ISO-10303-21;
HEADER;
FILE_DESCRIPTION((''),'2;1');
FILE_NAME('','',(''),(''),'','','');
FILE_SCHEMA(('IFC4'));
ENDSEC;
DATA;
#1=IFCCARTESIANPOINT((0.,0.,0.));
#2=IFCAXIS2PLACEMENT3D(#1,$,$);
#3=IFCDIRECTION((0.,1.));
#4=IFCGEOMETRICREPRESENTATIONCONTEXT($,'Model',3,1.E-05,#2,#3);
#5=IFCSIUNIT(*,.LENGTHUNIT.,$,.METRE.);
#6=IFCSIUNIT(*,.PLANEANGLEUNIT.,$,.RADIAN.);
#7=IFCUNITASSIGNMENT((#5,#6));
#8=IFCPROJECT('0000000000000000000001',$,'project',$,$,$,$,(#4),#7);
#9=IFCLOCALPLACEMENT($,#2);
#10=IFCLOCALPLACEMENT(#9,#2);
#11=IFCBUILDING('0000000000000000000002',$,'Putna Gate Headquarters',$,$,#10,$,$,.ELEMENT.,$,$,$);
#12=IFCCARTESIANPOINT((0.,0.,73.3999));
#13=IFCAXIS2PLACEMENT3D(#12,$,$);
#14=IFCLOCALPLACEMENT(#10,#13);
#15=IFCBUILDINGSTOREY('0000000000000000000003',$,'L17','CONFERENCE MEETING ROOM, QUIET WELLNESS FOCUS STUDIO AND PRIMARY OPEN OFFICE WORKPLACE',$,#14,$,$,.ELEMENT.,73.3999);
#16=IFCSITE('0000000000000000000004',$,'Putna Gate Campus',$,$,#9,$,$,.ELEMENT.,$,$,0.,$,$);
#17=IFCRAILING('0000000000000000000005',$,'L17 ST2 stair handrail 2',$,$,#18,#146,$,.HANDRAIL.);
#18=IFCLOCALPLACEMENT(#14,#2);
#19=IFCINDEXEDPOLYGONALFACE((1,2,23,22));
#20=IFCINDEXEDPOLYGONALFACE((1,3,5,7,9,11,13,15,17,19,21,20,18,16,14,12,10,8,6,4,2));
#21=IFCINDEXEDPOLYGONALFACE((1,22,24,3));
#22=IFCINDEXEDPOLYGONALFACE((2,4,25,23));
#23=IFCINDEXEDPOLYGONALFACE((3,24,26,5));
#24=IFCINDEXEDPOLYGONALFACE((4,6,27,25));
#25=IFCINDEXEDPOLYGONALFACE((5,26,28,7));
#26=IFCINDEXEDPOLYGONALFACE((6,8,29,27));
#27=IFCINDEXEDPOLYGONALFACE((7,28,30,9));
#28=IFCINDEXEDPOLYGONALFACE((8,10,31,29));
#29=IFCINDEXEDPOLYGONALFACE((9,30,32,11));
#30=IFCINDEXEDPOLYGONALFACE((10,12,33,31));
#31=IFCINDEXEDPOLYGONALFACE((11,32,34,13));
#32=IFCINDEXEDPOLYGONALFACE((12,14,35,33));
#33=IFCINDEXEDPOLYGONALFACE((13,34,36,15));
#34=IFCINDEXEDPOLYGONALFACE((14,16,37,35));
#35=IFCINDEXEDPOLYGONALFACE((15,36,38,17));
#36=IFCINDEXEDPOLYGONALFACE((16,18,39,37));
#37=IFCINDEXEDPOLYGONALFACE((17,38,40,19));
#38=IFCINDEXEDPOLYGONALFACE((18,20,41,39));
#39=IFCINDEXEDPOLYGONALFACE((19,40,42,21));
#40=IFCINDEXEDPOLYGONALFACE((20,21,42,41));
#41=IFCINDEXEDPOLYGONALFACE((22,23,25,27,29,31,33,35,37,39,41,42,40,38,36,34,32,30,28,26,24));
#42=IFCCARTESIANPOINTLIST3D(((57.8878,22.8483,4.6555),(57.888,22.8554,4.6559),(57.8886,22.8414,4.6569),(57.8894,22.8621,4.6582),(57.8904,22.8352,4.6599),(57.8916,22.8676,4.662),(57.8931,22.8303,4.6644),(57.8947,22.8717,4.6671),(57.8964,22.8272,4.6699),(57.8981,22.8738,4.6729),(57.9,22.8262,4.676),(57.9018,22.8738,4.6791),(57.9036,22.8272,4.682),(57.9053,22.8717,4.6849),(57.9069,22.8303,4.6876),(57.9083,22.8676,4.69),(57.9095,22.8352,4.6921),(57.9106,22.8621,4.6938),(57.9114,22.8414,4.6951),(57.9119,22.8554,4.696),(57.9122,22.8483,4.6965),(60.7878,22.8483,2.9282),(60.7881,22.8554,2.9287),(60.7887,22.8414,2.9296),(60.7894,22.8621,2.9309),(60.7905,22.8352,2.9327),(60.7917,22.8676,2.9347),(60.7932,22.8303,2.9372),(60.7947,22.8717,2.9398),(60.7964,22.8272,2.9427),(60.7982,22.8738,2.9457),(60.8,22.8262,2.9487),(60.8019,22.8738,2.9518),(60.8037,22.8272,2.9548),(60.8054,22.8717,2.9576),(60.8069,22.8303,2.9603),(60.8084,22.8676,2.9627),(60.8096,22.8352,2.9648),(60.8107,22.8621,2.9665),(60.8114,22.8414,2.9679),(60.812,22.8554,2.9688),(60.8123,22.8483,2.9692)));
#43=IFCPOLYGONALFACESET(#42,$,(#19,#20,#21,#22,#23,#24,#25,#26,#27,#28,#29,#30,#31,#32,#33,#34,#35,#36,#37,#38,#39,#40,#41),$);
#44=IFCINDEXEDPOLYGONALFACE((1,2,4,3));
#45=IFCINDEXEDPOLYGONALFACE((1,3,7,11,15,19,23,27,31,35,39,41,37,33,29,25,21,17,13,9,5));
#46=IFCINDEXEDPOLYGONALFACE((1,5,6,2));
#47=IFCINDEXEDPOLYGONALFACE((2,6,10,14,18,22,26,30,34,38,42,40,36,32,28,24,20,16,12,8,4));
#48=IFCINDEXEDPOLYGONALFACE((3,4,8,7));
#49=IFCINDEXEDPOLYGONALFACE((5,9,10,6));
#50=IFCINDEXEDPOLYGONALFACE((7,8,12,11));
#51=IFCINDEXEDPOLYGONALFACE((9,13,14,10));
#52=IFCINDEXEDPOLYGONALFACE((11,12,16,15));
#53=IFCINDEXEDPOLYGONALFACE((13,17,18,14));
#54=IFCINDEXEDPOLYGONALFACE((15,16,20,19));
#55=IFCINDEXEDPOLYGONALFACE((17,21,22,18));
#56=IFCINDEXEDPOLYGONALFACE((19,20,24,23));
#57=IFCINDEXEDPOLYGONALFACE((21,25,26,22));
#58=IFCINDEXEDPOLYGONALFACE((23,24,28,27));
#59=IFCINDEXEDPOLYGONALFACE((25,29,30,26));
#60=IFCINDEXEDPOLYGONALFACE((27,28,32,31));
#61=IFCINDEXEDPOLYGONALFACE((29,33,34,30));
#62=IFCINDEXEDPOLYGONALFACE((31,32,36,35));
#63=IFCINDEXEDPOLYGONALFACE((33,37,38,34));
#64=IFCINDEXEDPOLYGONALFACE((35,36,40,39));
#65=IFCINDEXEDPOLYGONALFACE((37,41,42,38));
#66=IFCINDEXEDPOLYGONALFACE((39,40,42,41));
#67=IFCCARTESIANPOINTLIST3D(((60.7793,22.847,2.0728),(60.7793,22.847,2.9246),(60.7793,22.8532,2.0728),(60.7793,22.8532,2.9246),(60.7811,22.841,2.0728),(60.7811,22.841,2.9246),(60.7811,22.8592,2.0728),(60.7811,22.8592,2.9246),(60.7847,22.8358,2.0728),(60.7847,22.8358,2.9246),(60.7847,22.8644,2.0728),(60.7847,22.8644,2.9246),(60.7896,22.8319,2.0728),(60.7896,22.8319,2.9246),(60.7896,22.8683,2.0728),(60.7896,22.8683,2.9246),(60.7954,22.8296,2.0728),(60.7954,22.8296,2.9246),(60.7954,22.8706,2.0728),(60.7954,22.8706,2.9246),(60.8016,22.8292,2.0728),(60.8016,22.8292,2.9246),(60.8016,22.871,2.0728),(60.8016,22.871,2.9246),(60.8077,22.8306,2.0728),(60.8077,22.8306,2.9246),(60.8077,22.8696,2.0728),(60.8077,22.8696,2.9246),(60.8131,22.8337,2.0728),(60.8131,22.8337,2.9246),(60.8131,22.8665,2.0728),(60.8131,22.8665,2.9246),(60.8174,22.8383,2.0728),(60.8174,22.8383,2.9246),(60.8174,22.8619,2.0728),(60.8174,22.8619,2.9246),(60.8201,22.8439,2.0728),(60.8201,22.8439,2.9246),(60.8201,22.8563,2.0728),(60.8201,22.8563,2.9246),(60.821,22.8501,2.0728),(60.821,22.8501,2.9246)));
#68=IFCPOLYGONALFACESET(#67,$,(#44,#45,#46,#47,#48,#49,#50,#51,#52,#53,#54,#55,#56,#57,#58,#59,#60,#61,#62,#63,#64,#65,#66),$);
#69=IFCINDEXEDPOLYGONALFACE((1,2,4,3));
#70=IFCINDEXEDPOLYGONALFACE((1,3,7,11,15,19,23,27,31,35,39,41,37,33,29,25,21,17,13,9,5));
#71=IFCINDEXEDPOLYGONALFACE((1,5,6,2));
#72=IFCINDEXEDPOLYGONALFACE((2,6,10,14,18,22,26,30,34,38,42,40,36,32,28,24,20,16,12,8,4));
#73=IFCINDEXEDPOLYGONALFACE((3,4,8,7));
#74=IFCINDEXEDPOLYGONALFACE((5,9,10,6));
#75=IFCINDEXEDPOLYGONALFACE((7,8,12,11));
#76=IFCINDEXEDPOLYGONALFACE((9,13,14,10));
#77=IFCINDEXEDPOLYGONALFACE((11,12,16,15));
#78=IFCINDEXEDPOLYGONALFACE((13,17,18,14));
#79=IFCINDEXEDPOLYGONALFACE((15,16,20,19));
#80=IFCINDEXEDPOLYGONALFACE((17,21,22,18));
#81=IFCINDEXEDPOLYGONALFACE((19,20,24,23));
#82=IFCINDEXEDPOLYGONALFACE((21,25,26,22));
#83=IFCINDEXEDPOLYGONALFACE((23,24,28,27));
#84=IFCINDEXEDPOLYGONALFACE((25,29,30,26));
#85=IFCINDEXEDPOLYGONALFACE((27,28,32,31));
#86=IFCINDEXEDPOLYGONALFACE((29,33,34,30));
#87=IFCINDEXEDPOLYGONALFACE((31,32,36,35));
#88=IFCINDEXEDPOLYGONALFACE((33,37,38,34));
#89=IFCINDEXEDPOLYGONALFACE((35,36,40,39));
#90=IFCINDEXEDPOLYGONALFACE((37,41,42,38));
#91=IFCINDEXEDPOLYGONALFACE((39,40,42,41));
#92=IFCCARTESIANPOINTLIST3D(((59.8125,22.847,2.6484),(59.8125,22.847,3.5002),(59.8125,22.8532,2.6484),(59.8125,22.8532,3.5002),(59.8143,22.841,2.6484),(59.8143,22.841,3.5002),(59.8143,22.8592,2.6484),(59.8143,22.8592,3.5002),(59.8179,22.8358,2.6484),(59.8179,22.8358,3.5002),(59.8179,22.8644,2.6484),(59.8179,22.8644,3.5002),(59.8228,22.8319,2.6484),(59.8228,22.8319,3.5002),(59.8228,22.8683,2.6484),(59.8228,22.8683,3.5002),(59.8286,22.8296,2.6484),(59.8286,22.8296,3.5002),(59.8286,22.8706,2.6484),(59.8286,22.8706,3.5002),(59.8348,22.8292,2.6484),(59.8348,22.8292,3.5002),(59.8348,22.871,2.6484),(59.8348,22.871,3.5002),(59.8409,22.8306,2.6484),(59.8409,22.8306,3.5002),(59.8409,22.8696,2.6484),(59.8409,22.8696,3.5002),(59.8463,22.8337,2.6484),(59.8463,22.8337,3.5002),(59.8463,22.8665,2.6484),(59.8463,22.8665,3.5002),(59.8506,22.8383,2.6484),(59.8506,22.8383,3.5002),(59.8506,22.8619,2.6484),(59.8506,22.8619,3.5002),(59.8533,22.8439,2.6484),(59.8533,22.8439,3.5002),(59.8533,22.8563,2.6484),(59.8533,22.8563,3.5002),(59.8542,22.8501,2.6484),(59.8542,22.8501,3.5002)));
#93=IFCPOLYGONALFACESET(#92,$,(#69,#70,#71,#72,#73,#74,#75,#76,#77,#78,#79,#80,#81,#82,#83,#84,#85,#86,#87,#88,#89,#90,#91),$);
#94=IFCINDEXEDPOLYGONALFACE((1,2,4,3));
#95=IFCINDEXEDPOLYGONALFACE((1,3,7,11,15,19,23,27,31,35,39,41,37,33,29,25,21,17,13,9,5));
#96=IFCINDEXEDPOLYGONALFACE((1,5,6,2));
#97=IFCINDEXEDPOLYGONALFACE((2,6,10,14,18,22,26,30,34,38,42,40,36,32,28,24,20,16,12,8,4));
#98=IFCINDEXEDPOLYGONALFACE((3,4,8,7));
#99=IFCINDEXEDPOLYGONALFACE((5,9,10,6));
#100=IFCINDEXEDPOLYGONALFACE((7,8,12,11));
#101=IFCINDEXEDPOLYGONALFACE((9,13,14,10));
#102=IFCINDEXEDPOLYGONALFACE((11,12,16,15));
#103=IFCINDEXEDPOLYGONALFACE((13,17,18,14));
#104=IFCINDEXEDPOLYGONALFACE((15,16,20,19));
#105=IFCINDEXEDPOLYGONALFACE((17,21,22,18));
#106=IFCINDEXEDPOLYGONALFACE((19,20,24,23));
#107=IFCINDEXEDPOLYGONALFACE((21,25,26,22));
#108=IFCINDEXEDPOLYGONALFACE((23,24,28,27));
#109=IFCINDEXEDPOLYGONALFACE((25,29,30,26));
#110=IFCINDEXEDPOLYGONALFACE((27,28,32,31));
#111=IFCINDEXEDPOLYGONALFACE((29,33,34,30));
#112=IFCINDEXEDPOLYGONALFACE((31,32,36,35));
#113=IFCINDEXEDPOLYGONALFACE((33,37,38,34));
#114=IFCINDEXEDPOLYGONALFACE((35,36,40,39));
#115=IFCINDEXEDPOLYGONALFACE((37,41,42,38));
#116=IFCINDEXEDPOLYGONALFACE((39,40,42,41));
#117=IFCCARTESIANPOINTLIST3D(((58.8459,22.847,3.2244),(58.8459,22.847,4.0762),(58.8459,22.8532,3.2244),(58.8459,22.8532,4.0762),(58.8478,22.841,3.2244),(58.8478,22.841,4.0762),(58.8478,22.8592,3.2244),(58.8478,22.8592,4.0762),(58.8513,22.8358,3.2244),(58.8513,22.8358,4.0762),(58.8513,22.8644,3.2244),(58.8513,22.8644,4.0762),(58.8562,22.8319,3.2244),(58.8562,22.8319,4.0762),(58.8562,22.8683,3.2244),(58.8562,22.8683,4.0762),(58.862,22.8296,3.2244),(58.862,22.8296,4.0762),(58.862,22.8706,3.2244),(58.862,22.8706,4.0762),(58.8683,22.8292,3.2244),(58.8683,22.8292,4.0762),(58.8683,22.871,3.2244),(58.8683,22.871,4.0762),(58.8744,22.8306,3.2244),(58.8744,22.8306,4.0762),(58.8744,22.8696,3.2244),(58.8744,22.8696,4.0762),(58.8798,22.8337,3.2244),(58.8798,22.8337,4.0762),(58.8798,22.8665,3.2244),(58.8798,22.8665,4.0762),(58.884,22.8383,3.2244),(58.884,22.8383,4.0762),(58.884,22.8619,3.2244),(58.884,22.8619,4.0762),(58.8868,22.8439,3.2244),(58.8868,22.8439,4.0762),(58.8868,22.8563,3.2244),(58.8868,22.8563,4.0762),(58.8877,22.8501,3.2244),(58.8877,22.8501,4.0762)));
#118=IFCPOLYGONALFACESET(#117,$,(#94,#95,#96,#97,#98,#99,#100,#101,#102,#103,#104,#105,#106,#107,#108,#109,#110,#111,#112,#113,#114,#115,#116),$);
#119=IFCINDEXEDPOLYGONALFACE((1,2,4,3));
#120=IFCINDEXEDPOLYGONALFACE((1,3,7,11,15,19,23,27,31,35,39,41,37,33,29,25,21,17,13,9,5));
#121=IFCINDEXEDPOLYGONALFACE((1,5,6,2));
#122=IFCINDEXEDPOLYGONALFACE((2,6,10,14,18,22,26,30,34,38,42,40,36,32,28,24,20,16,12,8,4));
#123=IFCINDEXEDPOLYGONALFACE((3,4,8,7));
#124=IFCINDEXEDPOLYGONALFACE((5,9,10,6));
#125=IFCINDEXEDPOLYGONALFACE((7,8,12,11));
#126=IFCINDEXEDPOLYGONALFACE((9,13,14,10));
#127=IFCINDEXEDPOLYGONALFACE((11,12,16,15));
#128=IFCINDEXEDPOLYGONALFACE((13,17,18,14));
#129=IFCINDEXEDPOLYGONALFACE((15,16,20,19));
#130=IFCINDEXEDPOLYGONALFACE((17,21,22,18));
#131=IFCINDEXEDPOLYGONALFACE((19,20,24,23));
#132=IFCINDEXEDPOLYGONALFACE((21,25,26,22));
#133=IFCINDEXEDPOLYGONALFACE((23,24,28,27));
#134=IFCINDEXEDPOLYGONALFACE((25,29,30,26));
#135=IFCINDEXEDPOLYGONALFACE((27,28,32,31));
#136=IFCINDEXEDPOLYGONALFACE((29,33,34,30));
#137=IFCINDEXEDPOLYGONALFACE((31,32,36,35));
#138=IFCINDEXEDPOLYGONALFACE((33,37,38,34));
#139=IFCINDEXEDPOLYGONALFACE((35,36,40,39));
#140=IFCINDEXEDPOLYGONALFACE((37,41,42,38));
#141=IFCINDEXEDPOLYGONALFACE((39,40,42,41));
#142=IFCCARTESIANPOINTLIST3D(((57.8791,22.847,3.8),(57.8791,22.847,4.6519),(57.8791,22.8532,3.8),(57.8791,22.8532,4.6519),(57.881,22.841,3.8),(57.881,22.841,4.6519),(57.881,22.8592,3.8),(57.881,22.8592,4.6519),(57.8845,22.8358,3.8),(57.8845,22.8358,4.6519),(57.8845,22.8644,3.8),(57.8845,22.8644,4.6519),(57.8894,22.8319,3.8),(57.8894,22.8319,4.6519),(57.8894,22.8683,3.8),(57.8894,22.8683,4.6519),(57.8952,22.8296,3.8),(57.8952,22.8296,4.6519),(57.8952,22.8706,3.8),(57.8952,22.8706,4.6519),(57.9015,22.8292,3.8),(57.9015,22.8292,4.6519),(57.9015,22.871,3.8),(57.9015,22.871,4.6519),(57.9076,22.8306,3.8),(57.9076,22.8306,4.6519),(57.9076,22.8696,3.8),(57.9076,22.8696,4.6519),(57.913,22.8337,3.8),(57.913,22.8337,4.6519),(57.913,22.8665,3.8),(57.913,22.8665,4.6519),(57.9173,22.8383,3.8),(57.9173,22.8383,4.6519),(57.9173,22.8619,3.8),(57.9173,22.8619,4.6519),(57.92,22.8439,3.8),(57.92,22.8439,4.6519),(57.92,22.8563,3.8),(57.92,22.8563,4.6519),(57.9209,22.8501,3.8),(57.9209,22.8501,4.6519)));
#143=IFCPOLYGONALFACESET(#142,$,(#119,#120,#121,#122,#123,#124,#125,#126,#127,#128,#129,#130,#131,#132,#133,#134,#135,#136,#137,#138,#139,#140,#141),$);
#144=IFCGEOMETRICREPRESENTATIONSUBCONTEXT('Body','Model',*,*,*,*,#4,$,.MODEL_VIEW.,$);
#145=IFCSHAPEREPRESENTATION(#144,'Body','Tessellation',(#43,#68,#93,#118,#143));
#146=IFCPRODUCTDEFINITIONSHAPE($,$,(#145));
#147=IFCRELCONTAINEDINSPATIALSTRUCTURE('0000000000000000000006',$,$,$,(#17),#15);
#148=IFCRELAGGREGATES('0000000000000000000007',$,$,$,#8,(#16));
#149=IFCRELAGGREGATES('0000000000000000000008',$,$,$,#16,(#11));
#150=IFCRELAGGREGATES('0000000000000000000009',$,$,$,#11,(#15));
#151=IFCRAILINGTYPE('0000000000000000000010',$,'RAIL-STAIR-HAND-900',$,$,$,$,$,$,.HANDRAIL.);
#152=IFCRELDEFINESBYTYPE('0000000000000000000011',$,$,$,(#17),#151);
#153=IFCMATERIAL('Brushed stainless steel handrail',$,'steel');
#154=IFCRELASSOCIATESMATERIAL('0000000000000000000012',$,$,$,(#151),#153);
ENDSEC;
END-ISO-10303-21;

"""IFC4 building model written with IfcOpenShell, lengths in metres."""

from ifc_helpers import new_model, si_unit, direction, frame, origin, origin_2d, place, context, subcontext, project, spatial, circle, extrude, material, type_object, element, save


model = new_model("IFC4")

# Units and contexts
model_context = context("Model", 3, precision=1e-05, world=origin(), true_north=direction((0.0, 1.0)))
body_context = subcontext(model_context, "Body", "Model", "MODEL_VIEW")
ifc_project = project(units=[si_unit("LENGTHUNIT", "METRE"), si_unit("PLANEANGLEUNIT", "RADIAN")], contexts=[model_context])

# Site, building, storey
site_placement = place(None, origin())
site = spatial("IfcSite", under=ifc_project, at=site_placement, Name="Putna Gate Campus", CompositionType="ELEMENT", RefElevation=0.0)
building_placement = place(site_placement, origin())
building = spatial("IfcBuilding", under=site, at=building_placement, Name="Putna Gate Headquarters", CompositionType="ELEMENT")
storey_placement = place(building_placement, frame((0.0, 0.0, 73.3999)))
storey = spatial("IfcBuildingStorey", under=building, at=storey_placement, Name="L17", Description="CONFERENCE MEETING ROOM, QUIET WELLNESS FOCUS STUDIO AND PRIMARY OPEN OFFICE WORKPLACE", CompositionType="ELEMENT", Elevation=73.3999)

# Railing
ifc_material_1 = material(Name="Brushed stainless steel handrail", Category="steel")
railing_type_1 = type_object("IfcRailingType", Name="RAIL-STAIR-HAND-900", PredefinedType="HANDRAIL", material=ifc_material_1)
railing_1_placement = place(storey_placement, frame((60.8, 22.8501, 2.0728)))
element("IfcRailing", 1, at=railing_1_placement, inside=storey, type_object=railing_type_1, Name="L17 ST2 stair handrail 2", PredefinedType="HANDRAIL", context=body_context, shape_type="SweptSolid", body=[
    extrude(circle(Radius=0.0239, at=origin_2d()), frame((0.0, 0.0, 0.876), z_axis=(-0.85916, 0.0, 0.511706), x_axis=(0.0, -1.0, 0.0)), (0.0, 0.0, 1.0), 3.3755),
    extrude(circle(Radius=0.021, at=origin_2d()), origin(), (0.0, 0.0, 1.0), 0.8518),
    extrude(circle(Radius=0.021, at=origin_2d()), frame((-0.9668, 0.0, 0.5757)), (0.0, 0.0, 1.0), 0.8518),
    extrude(circle(Radius=0.021, at=origin_2d()), frame((-1.9333, 0.0, 1.1516)), (0.0, 0.0, 1.0), 0.8518),
    extrude(circle(Radius=0.021, at=origin_2d()), frame((-2.9001, 0.0, 1.7273)), (0.0, 0.0, 1.0), 0.8518),
])

save(model, "model.ifc")
